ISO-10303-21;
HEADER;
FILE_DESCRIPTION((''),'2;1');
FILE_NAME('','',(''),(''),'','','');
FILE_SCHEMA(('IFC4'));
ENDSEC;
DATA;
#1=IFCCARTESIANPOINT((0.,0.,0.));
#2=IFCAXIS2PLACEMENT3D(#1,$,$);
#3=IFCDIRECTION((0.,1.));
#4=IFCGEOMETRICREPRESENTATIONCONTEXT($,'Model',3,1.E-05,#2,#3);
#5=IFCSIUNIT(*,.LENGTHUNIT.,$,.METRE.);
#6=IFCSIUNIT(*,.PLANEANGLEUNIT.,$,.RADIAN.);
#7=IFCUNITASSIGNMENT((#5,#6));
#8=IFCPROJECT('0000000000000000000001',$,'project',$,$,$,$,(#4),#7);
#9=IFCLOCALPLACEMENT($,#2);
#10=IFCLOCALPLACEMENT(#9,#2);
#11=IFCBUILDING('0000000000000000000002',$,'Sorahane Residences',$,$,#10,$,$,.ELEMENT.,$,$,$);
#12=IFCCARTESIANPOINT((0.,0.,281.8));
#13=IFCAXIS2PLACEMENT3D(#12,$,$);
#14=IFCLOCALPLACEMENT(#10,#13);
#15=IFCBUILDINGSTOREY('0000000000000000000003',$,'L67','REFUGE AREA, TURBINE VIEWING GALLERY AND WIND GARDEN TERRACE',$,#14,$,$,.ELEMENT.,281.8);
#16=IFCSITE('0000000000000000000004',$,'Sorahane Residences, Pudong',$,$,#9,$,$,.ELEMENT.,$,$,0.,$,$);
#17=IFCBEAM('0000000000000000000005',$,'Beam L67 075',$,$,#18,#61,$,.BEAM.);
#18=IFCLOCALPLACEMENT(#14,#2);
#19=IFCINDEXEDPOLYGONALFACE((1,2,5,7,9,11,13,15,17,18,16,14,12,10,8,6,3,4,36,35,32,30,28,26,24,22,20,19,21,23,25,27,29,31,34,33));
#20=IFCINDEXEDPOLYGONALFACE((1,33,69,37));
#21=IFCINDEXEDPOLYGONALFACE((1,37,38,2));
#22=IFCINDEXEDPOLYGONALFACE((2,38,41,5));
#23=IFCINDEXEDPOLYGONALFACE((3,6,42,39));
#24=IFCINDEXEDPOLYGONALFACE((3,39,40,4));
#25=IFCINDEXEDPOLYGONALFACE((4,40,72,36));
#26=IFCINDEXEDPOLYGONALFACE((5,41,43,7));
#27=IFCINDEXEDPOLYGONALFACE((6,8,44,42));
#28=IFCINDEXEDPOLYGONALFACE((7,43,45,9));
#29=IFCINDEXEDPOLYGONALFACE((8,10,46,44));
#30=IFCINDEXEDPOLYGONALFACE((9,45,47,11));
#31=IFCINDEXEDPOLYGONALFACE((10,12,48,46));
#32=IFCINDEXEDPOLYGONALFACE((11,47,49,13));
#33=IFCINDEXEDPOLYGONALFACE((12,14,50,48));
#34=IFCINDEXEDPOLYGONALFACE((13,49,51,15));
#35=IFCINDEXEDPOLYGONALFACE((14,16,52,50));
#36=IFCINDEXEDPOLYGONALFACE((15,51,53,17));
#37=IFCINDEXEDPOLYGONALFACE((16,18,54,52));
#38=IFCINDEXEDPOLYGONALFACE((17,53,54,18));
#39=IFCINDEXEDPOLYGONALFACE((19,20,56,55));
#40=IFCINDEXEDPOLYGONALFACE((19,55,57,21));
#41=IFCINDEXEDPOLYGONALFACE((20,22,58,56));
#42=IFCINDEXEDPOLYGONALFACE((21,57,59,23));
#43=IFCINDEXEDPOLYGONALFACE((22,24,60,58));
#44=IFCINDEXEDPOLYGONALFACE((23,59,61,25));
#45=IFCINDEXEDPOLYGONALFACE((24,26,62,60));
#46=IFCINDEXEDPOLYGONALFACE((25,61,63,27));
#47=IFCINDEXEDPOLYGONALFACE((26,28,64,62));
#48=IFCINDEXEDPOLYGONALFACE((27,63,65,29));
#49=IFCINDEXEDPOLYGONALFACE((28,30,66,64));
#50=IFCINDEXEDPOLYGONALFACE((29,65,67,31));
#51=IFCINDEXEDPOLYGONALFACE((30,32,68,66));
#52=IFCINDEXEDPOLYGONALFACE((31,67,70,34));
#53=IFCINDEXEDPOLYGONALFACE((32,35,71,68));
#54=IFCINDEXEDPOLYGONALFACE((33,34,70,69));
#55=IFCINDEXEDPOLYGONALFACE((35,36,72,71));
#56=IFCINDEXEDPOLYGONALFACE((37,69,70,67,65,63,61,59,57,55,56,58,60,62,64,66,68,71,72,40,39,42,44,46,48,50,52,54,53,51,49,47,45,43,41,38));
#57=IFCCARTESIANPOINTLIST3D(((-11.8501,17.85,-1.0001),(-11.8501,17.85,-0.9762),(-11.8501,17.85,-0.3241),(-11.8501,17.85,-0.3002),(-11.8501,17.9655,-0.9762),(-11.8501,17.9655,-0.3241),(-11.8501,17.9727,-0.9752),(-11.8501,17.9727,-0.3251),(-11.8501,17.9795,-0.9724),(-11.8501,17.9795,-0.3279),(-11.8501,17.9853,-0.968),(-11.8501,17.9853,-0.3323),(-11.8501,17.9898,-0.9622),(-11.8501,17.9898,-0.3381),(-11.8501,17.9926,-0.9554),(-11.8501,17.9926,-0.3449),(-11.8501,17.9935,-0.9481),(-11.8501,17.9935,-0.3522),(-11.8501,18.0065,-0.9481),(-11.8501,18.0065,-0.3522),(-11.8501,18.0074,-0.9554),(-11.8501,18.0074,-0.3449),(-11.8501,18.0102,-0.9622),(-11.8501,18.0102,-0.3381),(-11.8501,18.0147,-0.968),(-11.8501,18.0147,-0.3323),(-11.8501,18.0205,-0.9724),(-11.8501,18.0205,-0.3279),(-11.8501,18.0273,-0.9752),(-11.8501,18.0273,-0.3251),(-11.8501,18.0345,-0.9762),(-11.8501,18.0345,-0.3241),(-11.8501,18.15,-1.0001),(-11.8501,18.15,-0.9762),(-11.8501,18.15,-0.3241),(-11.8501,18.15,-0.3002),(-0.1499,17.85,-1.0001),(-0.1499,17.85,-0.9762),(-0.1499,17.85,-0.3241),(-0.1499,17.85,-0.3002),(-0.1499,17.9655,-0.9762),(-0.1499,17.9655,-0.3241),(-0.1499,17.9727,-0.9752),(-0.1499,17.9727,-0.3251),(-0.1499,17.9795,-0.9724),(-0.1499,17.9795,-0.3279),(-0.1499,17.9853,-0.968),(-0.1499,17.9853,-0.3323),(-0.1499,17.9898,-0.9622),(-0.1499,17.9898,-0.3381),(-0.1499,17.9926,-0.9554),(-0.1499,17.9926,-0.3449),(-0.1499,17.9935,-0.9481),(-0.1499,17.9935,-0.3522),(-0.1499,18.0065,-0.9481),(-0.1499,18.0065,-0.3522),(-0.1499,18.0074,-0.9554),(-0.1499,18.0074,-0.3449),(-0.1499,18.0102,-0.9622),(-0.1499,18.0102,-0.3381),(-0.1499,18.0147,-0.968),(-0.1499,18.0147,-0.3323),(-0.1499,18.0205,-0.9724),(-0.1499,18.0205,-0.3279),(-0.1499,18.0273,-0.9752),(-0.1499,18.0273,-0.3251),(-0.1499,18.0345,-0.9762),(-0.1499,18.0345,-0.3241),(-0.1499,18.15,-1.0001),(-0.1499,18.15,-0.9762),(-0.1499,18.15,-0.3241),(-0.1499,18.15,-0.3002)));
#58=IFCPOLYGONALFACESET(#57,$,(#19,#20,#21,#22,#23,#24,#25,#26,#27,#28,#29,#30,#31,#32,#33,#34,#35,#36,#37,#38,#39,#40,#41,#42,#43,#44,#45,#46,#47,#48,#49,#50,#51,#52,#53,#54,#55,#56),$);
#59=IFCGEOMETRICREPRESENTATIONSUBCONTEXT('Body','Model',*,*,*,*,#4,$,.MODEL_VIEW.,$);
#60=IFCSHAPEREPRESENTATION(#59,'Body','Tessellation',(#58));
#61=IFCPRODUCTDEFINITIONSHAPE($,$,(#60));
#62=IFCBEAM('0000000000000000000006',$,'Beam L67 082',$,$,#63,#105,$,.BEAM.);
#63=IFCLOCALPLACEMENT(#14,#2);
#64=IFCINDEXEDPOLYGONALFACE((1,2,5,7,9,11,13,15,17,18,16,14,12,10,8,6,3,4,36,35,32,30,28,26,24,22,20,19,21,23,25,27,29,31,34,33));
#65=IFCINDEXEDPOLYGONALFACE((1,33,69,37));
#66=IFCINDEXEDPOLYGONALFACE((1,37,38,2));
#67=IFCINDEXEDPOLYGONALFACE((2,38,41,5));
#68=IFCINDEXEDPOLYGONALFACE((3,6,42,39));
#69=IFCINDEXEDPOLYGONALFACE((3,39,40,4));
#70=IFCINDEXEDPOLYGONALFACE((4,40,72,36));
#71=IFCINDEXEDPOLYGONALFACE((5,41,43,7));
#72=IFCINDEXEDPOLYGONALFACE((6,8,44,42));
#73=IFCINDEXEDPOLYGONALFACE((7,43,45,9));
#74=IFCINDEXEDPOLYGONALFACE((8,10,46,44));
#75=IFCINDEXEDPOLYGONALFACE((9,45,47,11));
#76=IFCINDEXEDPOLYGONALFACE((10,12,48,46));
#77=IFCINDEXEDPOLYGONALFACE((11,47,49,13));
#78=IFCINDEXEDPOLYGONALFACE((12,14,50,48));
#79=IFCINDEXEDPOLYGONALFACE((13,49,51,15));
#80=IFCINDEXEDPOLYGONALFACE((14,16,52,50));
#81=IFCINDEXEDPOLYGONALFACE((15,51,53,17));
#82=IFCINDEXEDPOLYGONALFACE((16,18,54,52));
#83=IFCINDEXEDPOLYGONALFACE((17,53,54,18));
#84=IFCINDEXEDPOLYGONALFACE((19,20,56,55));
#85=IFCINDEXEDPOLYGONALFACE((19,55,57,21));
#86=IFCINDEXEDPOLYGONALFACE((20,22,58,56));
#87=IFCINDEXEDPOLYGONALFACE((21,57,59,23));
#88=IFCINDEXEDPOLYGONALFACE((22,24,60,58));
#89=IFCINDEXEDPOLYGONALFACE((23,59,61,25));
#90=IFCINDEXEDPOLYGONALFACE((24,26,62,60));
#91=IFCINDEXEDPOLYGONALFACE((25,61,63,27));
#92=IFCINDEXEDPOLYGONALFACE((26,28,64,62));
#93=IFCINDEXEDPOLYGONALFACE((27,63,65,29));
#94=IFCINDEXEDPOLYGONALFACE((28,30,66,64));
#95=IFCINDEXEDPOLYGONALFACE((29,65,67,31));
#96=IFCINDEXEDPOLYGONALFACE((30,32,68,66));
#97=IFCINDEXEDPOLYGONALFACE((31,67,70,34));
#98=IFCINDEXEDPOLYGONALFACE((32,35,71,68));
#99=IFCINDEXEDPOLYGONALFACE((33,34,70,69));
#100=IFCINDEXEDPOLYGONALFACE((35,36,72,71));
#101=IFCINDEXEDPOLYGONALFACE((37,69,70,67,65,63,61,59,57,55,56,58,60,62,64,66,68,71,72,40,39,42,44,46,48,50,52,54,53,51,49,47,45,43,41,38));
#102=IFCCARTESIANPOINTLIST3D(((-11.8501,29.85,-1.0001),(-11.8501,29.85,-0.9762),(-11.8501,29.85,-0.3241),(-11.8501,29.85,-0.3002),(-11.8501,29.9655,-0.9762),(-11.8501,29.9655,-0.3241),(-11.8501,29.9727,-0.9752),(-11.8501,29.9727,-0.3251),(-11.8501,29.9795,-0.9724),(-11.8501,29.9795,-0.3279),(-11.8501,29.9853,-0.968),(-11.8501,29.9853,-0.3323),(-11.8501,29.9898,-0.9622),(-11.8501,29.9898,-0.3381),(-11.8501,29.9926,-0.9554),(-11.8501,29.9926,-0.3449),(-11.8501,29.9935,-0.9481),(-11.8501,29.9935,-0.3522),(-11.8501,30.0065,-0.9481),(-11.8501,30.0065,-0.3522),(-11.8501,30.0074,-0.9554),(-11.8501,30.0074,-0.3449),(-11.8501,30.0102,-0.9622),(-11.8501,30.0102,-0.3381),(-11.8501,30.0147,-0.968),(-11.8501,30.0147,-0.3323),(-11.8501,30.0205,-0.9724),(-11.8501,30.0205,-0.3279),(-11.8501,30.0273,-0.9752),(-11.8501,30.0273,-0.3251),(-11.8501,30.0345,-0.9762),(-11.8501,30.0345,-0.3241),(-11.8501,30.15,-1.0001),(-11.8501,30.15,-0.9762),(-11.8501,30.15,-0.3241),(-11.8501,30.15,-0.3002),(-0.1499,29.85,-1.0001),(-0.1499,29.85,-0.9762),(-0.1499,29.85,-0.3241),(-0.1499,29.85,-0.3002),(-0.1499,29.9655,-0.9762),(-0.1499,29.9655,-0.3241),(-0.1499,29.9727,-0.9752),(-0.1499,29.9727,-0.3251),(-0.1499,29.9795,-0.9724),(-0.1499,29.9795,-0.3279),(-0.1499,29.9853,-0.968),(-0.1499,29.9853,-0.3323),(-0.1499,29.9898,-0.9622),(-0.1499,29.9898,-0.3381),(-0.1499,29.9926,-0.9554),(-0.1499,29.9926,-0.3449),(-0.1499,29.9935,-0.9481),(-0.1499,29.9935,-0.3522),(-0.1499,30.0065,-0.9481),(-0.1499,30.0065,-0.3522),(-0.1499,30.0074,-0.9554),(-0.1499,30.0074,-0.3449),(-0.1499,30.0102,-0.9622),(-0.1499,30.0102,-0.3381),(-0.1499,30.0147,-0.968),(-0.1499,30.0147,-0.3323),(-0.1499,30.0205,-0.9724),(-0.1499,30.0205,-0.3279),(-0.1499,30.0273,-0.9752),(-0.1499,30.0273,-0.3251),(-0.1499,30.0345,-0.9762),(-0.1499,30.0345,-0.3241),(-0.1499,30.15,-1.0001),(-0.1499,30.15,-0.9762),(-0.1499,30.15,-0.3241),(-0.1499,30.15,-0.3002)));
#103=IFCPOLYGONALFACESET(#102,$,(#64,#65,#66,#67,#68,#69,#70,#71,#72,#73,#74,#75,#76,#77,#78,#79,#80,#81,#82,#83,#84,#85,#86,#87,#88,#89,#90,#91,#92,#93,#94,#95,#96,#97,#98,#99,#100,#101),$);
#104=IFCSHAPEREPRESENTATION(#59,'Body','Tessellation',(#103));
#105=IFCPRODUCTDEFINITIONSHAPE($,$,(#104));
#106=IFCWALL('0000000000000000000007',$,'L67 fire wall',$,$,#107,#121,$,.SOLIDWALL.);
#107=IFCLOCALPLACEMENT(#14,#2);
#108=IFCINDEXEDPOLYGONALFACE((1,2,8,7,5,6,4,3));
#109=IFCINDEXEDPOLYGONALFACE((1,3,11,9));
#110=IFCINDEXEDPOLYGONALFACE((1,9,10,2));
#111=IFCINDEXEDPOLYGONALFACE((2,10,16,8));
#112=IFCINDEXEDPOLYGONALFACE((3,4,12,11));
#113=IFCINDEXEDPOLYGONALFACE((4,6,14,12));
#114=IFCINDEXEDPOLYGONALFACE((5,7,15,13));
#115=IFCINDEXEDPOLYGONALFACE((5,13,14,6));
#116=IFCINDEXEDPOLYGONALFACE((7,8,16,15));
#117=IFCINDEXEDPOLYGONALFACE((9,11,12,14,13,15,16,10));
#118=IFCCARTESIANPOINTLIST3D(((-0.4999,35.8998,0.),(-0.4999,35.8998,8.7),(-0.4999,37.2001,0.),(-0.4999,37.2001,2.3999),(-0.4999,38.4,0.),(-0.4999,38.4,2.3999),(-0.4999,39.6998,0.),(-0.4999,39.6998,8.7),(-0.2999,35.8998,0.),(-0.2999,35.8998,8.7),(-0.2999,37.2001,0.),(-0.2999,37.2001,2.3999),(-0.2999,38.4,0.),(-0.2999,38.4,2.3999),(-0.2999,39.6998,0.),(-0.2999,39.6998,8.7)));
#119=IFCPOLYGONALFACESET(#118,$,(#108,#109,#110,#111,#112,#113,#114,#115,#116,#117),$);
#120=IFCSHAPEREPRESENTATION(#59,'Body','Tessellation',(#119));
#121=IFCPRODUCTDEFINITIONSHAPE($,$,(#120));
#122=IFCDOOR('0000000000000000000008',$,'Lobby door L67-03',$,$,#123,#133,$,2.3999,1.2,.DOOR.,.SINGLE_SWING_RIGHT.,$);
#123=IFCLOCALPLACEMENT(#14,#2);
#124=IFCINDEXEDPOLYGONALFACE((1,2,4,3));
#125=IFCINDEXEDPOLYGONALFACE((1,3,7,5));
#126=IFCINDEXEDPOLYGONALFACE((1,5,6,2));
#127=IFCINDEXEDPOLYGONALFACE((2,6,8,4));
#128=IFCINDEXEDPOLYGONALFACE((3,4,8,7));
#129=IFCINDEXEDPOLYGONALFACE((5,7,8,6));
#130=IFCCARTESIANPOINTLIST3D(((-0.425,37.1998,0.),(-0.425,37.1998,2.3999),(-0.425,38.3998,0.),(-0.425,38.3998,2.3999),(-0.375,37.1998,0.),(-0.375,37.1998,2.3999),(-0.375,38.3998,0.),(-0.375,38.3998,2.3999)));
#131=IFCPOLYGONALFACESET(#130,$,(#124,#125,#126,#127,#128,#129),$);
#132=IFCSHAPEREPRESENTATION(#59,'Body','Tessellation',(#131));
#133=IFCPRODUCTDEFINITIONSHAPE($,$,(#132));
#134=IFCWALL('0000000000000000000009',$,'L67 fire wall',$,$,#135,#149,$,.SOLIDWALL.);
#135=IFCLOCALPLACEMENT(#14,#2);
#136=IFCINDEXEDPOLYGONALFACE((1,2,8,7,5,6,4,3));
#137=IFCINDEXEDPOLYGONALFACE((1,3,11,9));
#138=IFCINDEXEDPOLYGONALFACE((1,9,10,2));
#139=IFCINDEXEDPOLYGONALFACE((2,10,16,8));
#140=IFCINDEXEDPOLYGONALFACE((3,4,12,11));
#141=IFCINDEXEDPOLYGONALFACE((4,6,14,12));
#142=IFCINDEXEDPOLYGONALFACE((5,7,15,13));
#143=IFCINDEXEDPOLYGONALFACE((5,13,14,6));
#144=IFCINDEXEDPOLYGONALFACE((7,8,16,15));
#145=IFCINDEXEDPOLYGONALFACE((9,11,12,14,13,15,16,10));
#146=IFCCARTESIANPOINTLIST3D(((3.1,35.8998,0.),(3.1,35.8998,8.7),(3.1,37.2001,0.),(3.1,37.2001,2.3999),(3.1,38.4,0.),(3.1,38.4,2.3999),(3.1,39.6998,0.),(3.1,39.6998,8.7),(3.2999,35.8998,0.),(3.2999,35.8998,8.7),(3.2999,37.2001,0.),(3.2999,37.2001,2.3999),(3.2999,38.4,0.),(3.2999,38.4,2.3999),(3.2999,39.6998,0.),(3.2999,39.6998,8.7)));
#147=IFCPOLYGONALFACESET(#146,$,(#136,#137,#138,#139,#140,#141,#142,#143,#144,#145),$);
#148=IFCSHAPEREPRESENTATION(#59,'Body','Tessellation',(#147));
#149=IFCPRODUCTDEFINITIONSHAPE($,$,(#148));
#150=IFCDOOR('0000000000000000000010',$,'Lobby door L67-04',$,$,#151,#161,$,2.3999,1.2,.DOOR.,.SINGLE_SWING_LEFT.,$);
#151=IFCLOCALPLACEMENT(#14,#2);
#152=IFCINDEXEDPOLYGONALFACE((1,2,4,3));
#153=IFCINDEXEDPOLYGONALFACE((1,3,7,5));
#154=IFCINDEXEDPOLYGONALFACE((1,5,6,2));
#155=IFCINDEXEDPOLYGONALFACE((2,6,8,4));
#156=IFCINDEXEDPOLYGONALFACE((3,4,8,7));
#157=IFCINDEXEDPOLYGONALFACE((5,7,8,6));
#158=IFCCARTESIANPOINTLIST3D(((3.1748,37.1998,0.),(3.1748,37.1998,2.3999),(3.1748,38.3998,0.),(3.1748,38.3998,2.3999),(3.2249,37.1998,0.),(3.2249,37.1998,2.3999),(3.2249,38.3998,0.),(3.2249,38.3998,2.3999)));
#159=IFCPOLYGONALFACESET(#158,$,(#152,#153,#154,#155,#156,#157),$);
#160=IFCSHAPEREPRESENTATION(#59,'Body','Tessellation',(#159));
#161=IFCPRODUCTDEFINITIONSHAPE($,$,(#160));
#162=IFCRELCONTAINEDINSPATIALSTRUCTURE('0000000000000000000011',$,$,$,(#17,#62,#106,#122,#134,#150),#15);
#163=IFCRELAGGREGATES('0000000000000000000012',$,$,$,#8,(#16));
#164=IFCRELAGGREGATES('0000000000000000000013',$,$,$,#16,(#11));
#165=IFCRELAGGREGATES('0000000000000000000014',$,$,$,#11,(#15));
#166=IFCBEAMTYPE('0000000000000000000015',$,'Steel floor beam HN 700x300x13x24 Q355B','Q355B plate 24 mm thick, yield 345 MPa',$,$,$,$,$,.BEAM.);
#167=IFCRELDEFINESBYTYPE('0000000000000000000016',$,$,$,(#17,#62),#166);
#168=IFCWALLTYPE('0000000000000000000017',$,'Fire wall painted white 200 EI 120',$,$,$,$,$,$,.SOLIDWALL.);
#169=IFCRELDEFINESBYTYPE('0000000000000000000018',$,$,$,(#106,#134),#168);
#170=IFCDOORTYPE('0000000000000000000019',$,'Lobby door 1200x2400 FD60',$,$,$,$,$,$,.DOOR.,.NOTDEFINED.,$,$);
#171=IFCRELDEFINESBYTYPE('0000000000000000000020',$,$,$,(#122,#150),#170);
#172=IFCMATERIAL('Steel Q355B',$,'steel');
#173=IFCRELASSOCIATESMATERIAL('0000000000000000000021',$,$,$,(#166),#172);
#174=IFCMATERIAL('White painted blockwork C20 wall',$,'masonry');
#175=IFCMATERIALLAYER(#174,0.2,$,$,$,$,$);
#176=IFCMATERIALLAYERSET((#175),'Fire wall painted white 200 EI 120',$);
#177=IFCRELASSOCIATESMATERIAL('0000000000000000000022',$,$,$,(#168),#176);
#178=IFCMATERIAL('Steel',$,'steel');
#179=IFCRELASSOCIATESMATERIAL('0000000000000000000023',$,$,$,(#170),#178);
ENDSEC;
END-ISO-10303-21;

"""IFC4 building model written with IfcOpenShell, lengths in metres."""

from ifc_helpers import new_model, si_unit, direction, frame, frame_2d, origin, origin_2d, place, context, subcontext, project, spatial, rectangle, i_section, extrude, material, layer, layer_set, material_profile, profile_set, type_object, element, fill, save


model = new_model("IFC4")

# Units and contexts
model_context = context("Model", 3, precision=1e-05, world=origin(), true_north=direction((0.0, 1.0)))
body_context = subcontext(model_context, "Body", "Model", "MODEL_VIEW")
ifc_project = project(units=[si_unit("LENGTHUNIT", "METRE"), si_unit("PLANEANGLEUNIT", "RADIAN")], contexts=[model_context])

# Site, building, storey
site_placement = place(None, origin())
site = spatial("IfcSite", under=ifc_project, at=site_placement, Name="Sorahane Residences, Pudong", CompositionType="ELEMENT", RefElevation=0.0)
building_placement = place(site_placement, origin())
building = spatial("IfcBuilding", under=site, at=building_placement, Name="Sorahane Residences", CompositionType="ELEMENT")
storey_placement = place(building_placement, frame((0.0, 0.0, 281.8)))
storey = spatial("IfcBuildingStorey", under=building, at=storey_placement, Name="L67", Description="REFUGE AREA, TURBINE VIEWING GALLERY AND WIND GARDEN TERRACE", CompositionType="ELEMENT", Elevation=281.8)

# Beams
ifc_material_1 = material(Name="Steel Q355B", Category="steel")
ifc_material_profile_1 = material_profile(ifc_material_1, i_section(OverallWidth=0.3, OverallDepth=0.7, WebThickness=0.0129, FlangeThickness=0.0239, FilletRadius=0.0281, at=origin_2d()), Name="HN 700x300x13x24")
ifc_profile_set_1 = profile_set([ifc_material_profile_1], Name="Steel Q355B")
beam_type_1 = type_object("IfcBeamType", Name="Steel floor beam HN 700x300x13x24 Q355B", Description="Q355B plate 24 mm thick, yield 345 MPa", PredefinedType="BEAM", material=ifc_profile_set_1)
for number, where, z_axis, x_axis, name in (
    (1, (-11.8501, 18.0, -0.6501), (1.0, 0.0, 0.0), (0.0, 1.0, 0.0), "Beam L67 075"),
    (2, (-11.8501, 30.0, -0.6501), (1.0, 0.0, 0.0), (0.0, 1.0, 0.0), "Beam L67 082"),
):
    element("IfcBeam", number, at=place(storey_placement, frame(where, z_axis=z_axis, x_axis=x_axis)), inside=storey, type_object=beam_type_1, Name=name, PredefinedType="BEAM", context=body_context, shape_type="SweptSolid", body=[
        extrude(i_section(OverallWidth=0.3, OverallDepth=0.7, WebThickness=0.0129, FlangeThickness=0.0239, FilletRadius=0.0281, at=origin_2d()), origin(), (0.0, 0.0, 1.0), 11.7002),
    ])

# Walls, openings, doors
ifc_material_2 = material(Name="White painted blockwork C20 wall", Category="masonry")
ifc_layer_1 = layer(ifc_material_2, 0.2)
ifc_layer_set_1 = layer_set([ifc_layer_1], Name="Fire wall painted white 200 EI 120")
wall_type_1 = type_object("IfcWallType", Name="Fire wall painted white 200 EI 120", PredefinedType="SOLIDWALL", material=ifc_layer_set_1)
wall_1_placement = place(storey_placement, frame((-0.3999, 35.8999, 0.0), z_axis=(0.0, 0.0, 1.0), x_axis=(0.0, 1.0, 0.0)))
wall_1 = element("IfcWall", 3, at=wall_1_placement, inside=storey, type_object=wall_type_1, Name="L67 fire wall", PredefinedType="SOLIDWALL", context=body_context, shape_type="SweptSolid", body=[
    extrude(rectangle(XDim=3.8, YDim=0.2, at=frame_2d((1.8999, 0.0))), origin(), (0.0, 0.0, 1.0), 8.7),
])
opening_1_placement = place(wall_1_placement, frame((1.3, 0.0, 0.0)))
opening_1 = element("IfcOpeningElement", 4, at=opening_1_placement, cuts=wall_1, PredefinedType="OPENING", context=body_context, shape_type="SweptSolid", body=[
    extrude(rectangle(XDim=1.2, YDim=2.3999, at=frame_2d((0.6001, 1.2))), frame((0.0, 0.1099, 0.0), z_axis=(0.0, -1.0, 0.0), x_axis=(1.0, 0.0, 0.0)), (0.0, 0.0, 1.0), 0.22),
])
ifc_material_3 = material(Name="Steel", Category="steel")
door_type_1 = type_object("IfcDoorType", Name="Lobby door 1200x2400 FD60", OperationType="NOTDEFINED", PredefinedType="DOOR", material=ifc_material_3)
door_1_placement = place(opening_1_placement, frame((1.2, 0.0, 0.0), z_axis=(0.0, 0.0, 1.0), x_axis=(-1.0, 0.0, 0.0)))
door_1 = element("IfcDoor", 5, at=door_1_placement, inside=storey, type_object=door_type_1, Name="Lobby door L67-03", OperationType="SINGLE_SWING_RIGHT", OverallHeight=2.3999, OverallWidth=1.2, PredefinedType="DOOR", context=body_context, shape_type="SweptSolid", body=[
    extrude(rectangle(XDim=1.2, YDim=2.3999, at=frame_2d((0.6001, 1.2))), frame((0.0, 0.0249, 0.0), z_axis=(0.0, -1.0, 0.0), x_axis=(1.0, 0.0, 0.0)), (0.0, 0.0, 1.0), 0.05),
])
fill(opening_1, door_1)
wall_2_placement = place(storey_placement, frame((3.2, 35.8999, 0.0), z_axis=(0.0, 0.0, 1.0), x_axis=(0.0, 1.0, 0.0)))
wall_2 = element("IfcWall", 6, at=wall_2_placement, inside=storey, type_object=wall_type_1, Name="L67 fire wall", PredefinedType="SOLIDWALL", context=body_context, shape_type="SweptSolid", body=[
    extrude(rectangle(XDim=3.8, YDim=0.2, at=frame_2d((1.8999, 0.0))), origin(), (0.0, 0.0, 1.0), 8.7),
])
opening_2_placement = place(wall_2_placement, frame((1.3, 0.0, 0.0)))
opening_2 = element("IfcOpeningElement", 7, at=opening_2_placement, cuts=wall_2, PredefinedType="OPENING", context=body_context, shape_type="SweptSolid", body=[
    extrude(rectangle(XDim=1.2, YDim=2.3999, at=frame_2d((0.6001, 1.2))), frame((0.0, 0.1099, 0.0), z_axis=(0.0, -1.0, 0.0), x_axis=(1.0, 0.0, 0.0)), (0.0, 0.0, 1.0), 0.22),
])
door_2_placement = place(opening_2_placement, frame((1.2, 0.0, 0.0), z_axis=(0.0, 0.0, 1.0), x_axis=(-1.0, 0.0, 0.0)))
door_2 = element("IfcDoor", 8, at=door_2_placement, inside=storey, type_object=door_type_1, Name="Lobby door L67-04", OperationType="SINGLE_SWING_LEFT", OverallHeight=2.3999, OverallWidth=1.2, PredefinedType="DOOR", context=body_context, shape_type="SweptSolid", body=[
    extrude(rectangle(XDim=1.2, YDim=2.3999, at=frame_2d((0.6001, 1.2))), frame((0.0, 0.0249, 0.0), z_axis=(0.0, -1.0, 0.0), x_axis=(1.0, 0.0, 0.0)), (0.0, 0.0, 1.0), 0.05),
])
fill(opening_2, door_2)

save(model, "model.ifc")
